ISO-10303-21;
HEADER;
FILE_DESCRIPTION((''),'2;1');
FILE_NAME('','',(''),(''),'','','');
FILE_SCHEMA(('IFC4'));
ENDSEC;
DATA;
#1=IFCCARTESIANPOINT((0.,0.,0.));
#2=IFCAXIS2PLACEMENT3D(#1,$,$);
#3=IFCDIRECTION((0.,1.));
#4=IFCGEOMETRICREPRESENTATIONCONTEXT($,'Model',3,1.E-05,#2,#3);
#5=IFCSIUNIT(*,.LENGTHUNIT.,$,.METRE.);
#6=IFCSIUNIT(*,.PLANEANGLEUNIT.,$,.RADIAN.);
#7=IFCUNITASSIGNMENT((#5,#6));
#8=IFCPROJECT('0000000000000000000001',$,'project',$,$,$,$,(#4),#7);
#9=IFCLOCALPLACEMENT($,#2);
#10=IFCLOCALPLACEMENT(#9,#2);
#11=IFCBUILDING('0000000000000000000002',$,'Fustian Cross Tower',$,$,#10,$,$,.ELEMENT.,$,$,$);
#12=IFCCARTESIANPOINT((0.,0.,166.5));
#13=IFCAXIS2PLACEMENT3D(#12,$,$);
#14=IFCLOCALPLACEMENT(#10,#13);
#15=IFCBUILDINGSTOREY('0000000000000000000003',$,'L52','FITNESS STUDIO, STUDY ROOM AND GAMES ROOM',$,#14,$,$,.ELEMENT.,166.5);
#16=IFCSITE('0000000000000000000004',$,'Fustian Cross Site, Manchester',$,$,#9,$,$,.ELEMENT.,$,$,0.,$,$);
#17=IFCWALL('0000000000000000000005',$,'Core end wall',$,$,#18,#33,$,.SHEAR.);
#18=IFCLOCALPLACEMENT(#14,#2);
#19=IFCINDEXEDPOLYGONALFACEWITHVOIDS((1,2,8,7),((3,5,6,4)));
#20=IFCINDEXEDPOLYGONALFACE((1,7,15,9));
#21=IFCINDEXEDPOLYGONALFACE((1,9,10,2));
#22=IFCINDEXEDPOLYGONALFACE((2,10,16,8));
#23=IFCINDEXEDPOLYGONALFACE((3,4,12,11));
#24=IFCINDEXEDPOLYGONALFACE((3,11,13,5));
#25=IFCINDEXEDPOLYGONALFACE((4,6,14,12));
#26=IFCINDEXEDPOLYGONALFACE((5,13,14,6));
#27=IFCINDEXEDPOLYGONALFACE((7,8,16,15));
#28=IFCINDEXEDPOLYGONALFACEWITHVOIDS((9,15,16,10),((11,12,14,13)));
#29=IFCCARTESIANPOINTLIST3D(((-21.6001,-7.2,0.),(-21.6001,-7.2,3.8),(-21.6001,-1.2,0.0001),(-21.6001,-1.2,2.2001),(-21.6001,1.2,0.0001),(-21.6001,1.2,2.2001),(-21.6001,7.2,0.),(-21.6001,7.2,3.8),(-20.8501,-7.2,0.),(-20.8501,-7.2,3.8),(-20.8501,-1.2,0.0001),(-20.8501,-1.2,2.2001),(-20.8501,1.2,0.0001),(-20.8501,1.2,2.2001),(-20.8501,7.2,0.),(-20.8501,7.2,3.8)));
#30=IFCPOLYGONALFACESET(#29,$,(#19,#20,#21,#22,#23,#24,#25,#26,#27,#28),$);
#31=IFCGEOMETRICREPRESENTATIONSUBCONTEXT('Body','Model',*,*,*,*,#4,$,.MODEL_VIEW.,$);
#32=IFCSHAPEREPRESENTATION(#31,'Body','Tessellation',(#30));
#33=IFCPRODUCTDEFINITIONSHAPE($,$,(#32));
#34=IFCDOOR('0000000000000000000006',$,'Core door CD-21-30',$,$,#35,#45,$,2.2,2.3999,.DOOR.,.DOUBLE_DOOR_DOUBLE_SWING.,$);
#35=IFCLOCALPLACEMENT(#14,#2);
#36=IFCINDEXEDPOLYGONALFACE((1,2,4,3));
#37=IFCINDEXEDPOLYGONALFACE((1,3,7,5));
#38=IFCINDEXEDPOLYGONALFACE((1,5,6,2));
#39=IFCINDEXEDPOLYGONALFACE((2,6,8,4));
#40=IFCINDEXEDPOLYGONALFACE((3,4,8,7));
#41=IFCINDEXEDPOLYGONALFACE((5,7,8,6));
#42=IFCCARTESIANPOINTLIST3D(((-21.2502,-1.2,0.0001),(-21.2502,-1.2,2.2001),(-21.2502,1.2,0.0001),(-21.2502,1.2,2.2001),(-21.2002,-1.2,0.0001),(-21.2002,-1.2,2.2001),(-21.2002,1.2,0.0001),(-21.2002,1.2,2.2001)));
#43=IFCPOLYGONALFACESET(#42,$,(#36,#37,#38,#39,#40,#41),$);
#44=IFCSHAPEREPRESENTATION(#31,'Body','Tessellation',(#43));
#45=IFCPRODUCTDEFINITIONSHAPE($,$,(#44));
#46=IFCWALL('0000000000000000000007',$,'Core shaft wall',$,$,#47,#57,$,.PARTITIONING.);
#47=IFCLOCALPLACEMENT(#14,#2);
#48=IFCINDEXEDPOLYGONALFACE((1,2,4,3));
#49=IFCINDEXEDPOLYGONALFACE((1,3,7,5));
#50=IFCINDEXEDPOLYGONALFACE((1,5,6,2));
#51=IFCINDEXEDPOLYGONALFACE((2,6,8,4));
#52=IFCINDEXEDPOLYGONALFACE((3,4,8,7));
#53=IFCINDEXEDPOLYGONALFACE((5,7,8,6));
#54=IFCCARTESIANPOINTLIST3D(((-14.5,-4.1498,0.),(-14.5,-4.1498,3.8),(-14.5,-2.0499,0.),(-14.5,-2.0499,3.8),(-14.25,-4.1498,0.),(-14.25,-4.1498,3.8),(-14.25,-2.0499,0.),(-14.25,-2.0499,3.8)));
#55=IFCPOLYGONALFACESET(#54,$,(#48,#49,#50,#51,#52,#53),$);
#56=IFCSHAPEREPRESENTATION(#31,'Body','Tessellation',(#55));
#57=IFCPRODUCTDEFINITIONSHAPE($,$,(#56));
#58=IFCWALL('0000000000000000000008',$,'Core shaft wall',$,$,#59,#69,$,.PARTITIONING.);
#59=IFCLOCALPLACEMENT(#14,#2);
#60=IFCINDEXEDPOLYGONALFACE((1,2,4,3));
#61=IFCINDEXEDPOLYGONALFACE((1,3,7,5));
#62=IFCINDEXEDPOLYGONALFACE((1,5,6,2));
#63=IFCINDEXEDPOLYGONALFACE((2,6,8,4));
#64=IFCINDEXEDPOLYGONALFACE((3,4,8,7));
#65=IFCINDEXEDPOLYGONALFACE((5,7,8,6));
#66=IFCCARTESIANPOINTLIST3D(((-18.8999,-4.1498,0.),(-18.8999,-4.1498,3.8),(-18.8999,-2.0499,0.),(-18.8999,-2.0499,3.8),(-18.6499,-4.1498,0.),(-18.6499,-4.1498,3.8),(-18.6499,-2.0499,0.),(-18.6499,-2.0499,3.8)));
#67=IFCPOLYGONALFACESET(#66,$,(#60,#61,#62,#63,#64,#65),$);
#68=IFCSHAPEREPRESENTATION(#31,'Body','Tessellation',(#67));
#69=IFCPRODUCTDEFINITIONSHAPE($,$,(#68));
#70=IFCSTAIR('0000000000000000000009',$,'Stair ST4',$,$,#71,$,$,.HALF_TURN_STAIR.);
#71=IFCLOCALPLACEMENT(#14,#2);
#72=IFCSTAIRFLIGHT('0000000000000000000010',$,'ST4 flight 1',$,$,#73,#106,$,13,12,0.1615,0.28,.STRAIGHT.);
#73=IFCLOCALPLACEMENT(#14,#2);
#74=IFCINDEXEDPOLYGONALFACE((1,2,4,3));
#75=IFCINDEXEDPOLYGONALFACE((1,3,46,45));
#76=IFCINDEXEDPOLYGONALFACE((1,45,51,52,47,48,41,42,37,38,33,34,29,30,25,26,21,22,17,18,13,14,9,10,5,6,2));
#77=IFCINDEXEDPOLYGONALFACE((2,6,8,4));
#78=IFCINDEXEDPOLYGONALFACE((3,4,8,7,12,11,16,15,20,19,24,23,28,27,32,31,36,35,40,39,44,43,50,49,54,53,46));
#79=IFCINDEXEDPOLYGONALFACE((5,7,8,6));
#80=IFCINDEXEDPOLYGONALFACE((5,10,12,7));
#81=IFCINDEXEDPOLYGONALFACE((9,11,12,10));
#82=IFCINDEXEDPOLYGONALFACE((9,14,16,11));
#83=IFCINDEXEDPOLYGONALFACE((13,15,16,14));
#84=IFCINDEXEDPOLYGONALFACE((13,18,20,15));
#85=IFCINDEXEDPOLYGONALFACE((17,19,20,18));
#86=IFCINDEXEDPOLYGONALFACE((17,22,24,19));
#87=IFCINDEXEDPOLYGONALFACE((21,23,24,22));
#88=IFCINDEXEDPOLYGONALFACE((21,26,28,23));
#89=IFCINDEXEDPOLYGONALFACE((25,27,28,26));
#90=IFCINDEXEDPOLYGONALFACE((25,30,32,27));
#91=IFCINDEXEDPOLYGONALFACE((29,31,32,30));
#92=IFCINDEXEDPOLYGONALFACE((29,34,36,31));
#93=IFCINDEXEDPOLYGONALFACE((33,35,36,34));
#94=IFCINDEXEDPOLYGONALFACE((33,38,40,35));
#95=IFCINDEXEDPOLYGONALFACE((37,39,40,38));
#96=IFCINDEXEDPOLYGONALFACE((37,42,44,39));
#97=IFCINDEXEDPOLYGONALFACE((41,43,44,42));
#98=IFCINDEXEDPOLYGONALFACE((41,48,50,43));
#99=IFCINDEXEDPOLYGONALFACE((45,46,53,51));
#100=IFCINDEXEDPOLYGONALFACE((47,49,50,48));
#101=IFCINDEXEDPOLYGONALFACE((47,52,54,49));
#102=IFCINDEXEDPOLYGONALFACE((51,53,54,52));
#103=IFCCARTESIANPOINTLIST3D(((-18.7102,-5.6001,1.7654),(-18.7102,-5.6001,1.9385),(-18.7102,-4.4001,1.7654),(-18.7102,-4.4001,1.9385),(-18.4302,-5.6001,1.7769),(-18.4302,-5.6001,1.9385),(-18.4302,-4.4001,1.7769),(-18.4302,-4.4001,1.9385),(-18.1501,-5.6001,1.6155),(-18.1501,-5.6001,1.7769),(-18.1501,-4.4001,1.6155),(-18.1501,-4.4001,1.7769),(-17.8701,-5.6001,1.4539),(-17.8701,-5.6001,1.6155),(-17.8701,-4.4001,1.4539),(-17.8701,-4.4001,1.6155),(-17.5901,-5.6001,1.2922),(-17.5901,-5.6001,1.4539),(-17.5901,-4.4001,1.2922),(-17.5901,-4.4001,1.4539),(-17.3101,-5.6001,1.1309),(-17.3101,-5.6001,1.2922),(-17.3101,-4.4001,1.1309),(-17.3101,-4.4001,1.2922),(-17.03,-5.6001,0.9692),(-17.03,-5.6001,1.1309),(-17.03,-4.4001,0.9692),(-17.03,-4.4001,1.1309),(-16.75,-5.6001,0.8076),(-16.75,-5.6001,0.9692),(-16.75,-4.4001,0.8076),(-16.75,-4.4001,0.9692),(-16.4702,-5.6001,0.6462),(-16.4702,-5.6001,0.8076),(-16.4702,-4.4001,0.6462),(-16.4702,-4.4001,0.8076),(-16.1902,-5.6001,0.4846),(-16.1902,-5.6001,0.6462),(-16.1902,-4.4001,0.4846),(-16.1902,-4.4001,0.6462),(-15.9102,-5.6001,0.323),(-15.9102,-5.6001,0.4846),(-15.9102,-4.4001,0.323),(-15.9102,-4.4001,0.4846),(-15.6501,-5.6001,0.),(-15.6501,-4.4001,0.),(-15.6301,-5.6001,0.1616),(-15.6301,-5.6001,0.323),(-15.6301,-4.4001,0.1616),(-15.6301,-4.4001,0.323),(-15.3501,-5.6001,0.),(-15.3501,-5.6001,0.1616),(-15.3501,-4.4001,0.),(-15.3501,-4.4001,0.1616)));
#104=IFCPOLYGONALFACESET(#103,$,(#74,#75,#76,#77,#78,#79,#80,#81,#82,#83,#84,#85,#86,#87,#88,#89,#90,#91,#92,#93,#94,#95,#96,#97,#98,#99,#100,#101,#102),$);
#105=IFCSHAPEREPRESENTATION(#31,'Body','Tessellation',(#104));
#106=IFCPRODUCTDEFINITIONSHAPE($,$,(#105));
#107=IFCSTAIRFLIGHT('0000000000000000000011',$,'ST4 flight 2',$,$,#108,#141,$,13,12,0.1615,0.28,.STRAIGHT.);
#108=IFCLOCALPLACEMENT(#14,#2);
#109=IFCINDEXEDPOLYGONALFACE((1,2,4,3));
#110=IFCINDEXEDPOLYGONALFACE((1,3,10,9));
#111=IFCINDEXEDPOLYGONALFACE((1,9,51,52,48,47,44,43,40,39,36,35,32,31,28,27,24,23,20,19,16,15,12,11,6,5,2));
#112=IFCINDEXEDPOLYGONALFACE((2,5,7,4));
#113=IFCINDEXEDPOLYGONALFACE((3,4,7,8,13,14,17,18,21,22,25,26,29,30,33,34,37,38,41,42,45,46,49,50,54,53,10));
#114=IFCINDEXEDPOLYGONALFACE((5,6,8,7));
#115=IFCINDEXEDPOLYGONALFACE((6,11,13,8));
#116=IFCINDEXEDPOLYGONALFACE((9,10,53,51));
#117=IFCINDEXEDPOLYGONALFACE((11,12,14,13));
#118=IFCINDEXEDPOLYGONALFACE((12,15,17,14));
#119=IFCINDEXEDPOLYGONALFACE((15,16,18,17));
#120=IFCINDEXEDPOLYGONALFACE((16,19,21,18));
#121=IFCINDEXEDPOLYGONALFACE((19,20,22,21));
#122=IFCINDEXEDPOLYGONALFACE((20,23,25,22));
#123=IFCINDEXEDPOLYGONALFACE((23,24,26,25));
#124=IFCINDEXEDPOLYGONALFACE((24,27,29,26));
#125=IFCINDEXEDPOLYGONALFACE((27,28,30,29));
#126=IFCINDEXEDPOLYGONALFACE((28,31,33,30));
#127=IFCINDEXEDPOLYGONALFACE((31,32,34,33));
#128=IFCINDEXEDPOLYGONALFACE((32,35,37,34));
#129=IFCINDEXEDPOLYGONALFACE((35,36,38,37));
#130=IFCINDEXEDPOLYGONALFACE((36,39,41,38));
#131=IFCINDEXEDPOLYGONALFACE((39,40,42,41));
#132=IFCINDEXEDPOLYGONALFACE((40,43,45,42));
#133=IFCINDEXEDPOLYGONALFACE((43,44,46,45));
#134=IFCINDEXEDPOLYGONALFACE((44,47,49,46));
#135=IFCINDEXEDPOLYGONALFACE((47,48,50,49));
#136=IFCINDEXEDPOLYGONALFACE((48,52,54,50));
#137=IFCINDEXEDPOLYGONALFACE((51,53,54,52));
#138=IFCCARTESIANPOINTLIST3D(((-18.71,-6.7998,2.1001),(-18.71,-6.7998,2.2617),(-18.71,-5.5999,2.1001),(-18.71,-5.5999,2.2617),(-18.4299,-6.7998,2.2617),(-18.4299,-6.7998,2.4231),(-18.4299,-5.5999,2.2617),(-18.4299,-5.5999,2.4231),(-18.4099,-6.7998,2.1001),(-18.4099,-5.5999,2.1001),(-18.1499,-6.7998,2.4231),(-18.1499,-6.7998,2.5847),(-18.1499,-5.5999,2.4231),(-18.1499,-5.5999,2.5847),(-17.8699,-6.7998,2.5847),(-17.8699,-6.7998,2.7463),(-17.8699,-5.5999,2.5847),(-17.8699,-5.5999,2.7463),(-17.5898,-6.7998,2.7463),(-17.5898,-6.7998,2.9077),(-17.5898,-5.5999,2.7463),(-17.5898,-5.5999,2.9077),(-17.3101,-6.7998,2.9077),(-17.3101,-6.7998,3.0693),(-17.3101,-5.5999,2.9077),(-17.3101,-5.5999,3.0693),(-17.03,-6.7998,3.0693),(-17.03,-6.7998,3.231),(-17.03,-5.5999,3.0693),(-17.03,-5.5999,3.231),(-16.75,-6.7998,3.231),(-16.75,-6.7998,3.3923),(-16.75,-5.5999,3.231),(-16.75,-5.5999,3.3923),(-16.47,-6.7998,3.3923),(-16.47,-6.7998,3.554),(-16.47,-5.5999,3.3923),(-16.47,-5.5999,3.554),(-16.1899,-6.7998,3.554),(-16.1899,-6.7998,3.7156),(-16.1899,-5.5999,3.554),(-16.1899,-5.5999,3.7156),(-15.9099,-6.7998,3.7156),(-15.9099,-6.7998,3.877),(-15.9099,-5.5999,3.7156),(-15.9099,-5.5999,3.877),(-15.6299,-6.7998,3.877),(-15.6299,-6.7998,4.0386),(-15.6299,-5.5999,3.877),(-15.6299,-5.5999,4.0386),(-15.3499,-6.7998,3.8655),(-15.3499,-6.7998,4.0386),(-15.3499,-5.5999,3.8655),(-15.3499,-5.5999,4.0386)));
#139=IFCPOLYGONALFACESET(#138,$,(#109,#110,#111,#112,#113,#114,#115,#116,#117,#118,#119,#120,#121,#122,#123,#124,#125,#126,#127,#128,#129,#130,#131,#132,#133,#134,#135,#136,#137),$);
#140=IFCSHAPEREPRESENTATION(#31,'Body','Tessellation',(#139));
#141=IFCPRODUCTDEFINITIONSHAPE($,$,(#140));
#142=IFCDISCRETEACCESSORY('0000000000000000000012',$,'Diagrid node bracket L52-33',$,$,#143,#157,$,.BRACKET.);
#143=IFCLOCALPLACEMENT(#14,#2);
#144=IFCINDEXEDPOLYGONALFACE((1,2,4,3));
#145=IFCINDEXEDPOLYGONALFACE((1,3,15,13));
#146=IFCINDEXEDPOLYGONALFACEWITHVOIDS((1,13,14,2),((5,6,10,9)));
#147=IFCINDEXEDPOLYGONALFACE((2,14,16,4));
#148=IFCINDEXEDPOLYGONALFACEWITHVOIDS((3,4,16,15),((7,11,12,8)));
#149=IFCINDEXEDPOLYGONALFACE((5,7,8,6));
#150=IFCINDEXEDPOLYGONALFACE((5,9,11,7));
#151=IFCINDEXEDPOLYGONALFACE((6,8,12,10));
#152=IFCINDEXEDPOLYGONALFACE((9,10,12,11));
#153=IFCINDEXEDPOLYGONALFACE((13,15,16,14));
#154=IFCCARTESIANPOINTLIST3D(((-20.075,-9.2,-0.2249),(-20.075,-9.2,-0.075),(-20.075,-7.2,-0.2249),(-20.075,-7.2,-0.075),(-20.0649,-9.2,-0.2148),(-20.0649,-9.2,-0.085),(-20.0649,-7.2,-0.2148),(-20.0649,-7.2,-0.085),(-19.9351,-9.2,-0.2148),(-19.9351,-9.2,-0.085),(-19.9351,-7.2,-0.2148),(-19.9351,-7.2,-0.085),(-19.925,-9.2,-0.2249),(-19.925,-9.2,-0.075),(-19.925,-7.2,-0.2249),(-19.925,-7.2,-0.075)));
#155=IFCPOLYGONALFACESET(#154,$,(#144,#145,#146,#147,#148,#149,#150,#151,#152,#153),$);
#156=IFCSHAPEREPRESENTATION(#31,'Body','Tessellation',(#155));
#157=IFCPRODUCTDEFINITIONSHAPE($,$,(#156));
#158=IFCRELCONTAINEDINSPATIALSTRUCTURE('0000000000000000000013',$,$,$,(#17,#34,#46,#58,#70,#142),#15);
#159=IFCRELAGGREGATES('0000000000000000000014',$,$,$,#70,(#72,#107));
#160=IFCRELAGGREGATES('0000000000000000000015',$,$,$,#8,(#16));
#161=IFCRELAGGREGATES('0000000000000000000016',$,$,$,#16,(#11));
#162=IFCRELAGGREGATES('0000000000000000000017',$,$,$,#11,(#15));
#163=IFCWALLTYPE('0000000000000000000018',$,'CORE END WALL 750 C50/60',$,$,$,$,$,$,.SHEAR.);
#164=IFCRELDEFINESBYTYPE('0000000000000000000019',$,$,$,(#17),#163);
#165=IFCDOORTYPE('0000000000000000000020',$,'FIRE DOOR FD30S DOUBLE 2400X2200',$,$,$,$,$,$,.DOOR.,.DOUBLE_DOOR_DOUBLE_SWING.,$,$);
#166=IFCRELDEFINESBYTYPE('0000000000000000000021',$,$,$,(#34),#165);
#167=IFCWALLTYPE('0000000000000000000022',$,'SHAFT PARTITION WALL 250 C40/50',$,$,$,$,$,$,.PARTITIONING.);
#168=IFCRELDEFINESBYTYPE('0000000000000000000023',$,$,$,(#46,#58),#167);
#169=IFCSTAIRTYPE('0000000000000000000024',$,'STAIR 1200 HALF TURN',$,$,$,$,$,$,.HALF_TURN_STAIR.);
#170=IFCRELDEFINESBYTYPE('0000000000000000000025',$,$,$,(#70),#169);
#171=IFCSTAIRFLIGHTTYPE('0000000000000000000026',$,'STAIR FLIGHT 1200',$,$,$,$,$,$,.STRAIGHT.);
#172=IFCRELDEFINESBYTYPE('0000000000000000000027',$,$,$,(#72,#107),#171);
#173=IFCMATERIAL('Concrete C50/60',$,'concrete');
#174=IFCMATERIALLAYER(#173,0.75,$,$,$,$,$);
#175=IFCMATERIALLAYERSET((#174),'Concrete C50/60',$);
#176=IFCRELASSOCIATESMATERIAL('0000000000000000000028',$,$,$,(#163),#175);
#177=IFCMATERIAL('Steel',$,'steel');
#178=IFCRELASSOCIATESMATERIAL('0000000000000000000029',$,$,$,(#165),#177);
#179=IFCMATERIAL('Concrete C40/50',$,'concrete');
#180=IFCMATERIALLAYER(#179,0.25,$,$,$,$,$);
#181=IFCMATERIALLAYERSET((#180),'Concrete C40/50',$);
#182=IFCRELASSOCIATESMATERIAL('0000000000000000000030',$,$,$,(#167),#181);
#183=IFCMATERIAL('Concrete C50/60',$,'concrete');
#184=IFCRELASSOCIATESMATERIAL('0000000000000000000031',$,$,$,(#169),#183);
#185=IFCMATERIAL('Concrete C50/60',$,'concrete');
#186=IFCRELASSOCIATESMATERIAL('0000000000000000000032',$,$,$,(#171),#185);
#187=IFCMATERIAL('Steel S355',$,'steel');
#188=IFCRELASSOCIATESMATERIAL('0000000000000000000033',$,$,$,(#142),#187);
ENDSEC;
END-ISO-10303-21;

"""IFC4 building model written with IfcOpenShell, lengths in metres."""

from ifc_helpers import new_model, si_unit, direction, frame, frame_2d, origin, origin_2d, place, context, subcontext, project, spatial, polyline, rectangle, hollow_rectangle, outline, extrude, material, layer, layer_set, type_object, element, fill, aggregate, save


model = new_model("IFC4")

# Units and contexts
model_context = context("Model", 3, precision=1e-05, world=origin(), true_north=direction((0.0, 1.0)))
body_context = subcontext(model_context, "Body", "Model", "MODEL_VIEW")
ifc_project = project(units=[si_unit("LENGTHUNIT", "METRE"), si_unit("PLANEANGLEUNIT", "RADIAN")], contexts=[model_context])

# Site, building, storey
site_placement = place(None, origin())
site = spatial("IfcSite", under=ifc_project, at=site_placement, Name="Fustian Cross Site, Manchester", CompositionType="ELEMENT", RefElevation=0.0)
building_placement = place(site_placement, origin())
building = spatial("IfcBuilding", under=site, at=building_placement, Name="Fustian Cross Tower", CompositionType="ELEMENT")
storey_placement = place(building_placement, frame((0.0, 0.0, 166.5)))
storey = spatial("IfcBuildingStorey", under=building, at=storey_placement, Name="L52", Description="FITNESS STUDIO, STUDY ROOM AND GAMES ROOM", CompositionType="ELEMENT", Elevation=166.5)

# Wall, opening, door
ifc_material_1 = material(Name="Concrete C50/60", Category="concrete")
ifc_layer_1 = layer(ifc_material_1, 0.75)
ifc_layer_set_1 = layer_set([ifc_layer_1], Name="Concrete C50/60")
wall_type_1 = type_object("IfcWallType", Name="CORE END WALL 750 C50/60", PredefinedType="SHEAR", material=ifc_layer_set_1)
wall_placement = place(storey_placement, frame((-21.2251, -7.2, 0.0), z_axis=(0.0, 0.0, 1.0), x_axis=(0.0, 1.0, 0.0)))
wall = element("IfcWall", 1, at=wall_placement, inside=storey, type_object=wall_type_1, Name="Core end wall", PredefinedType="SHEAR", context=body_context, shape_type="SweptSolid", body=[
    extrude(rectangle(XDim=14.3999, YDim=0.75, at=frame_2d((7.2, 0.0))), origin(), (0.0, 0.0, 1.0), 3.8),
])
opening_placement = place(wall_placement, frame((6.0, 0.0, 0.0)))
opening = element("IfcOpeningElement", 2, at=opening_placement, cuts=wall, PredefinedType="OPENING", context=body_context, shape_type="SweptSolid", body=[
    extrude(rectangle(XDim=2.3999, YDim=2.2, at=frame_2d((1.2, 1.1001))), frame((0.0, 0.385, 0.0), z_axis=(0.0, -1.0, 0.0), x_axis=(1.0, 0.0, 0.0)), (0.0, 0.0, 1.0), 0.77),
])
ifc_material_2 = material(Name="Steel", Category="steel")
door_type = type_object("IfcDoorType", Name="FIRE DOOR FD30S DOUBLE 2400X2200", OperationType="DOUBLE_DOOR_DOUBLE_SWING", PredefinedType="DOOR", material=ifc_material_2)
door_placement = place(opening_placement, frame((2.3999, 0.0, 0.0), z_axis=(0.0, 0.0, 1.0), x_axis=(-1.0, 0.0, 0.0)))
door = element("IfcDoor", 3, at=door_placement, inside=storey, type_object=door_type, Name="Core door CD-21-30", OperationType="DOUBLE_DOOR_DOUBLE_SWING", OverallHeight=2.2, OverallWidth=2.3999, PredefinedType="DOOR", context=body_context, shape_type="SweptSolid", body=[
    extrude(rectangle(XDim=2.3999, YDim=2.2, at=frame_2d((1.2, 1.1001))), frame((0.0, 0.0249, 0.0), z_axis=(0.0, -1.0, 0.0), x_axis=(1.0, 0.0, 0.0)), (0.0, 0.0, 1.0), 0.05),
])
fill(opening, door)

# Walls
ifc_material_3 = material(Name="Concrete C40/50", Category="concrete")
ifc_layer_2 = layer(ifc_material_3, 0.25)
ifc_layer_set_2 = layer_set([ifc_layer_2], Name="Concrete C40/50")
wall_type_2 = type_object("IfcWallType", Name="SHAFT PARTITION WALL 250 C40/50", PredefinedType="PARTITIONING", material=ifc_layer_set_2)
for number, where, z_axis, x_axis, name in (
    (4, (-14.375, -2.05, 0.0), (0.0, 0.0, 1.0), (0.0, -1.0, 0.0), "Core shaft wall"),
    (5, (-18.7749, -2.05, 0.0), (0.0, 0.0, 1.0), (0.0, -1.0, 0.0), "Core shaft wall"),
):
    element("IfcWall", number, at=place(storey_placement, frame(where, z_axis=z_axis, x_axis=x_axis)), inside=storey, type_object=wall_type_2, Name=name, PredefinedType="PARTITIONING", context=body_context, shape_type="SweptSolid", body=[
        extrude(rectangle(XDim=2.0999, YDim=0.25, at=frame_2d((1.0498, 0.0))), origin(), (0.0, 0.0, 1.0), 3.8),
    ])

# Stair, stair flights
ifc_material_4 = material(Name="Concrete C50/60", Category="concrete")
stair_type = type_object("IfcStairType", Name="STAIR 1200 HALF TURN", PredefinedType="HALF_TURN_STAIR", material=ifc_material_4)
stair_placement = place(storey_placement, origin())
stair = element("IfcStair", 6, at=stair_placement, inside=storey, type_object=stair_type, Name="Stair ST4", PredefinedType="HALF_TURN_STAIR")
ifc_material_5 = material(Name="Concrete C50/60", Category="concrete")
stair_flight_type = type_object("IfcStairFlightType", Name="STAIR FLIGHT 1200", PredefinedType="STRAIGHT", material=ifc_material_5)
stair_flight_1_placement = place(storey_placement, frame((-15.3501, -5.0, 0.0), z_axis=(0.0, 0.0, 1.0), x_axis=(-1.0, 0.0, 0.0)))
stair_flight_1 = element("IfcStairFlight", 7, at=stair_flight_1_placement, type_object=stair_flight_type, Name="ST4 flight 1", NumberOfRisers=13, NumberOfTreads=12, PredefinedType="STRAIGHT", RiserHeight=0.1615, TreadLength=0.28, context=body_context, shape_type="SweptSolid", body=[
    extrude(outline(polyline([(0.0, 0.0), (0.0, 0.1616), (0.28, 0.1616), (0.28, 0.323), (0.5601, 0.323), (0.5601, 0.4846), (0.8401, 0.4846), (0.8401, 0.6462), (1.1201, 0.6462), (1.1201, 0.8076), (1.3999, 0.8076), (1.3999, 0.9692), (1.6799, 0.9692), (1.6799, 1.1309), (1.96, 1.1309), (1.96, 1.2922), (2.24, 1.2922), (2.24, 1.4539), (2.52, 1.4539), (2.52, 1.6155), (2.8, 1.6155), (2.8, 1.7769), (3.0801, 1.7769), (3.0801, 1.9385), (3.3601, 1.9385), (3.3601, 2.1001), (3.3601, 1.7654), (0.3, 0.0), (0.0, 0.0)])), frame((0.0, 0.6001, 0.0), z_axis=(0.0, -1.0, 0.0), x_axis=(1.0, 0.0, 0.0)), (0.0, 0.0, 1.0), 1.2),
])
stair_flight_2_placement = place(storey_placement, frame((-18.71, -6.2, 2.1001), z_axis=(0.0, 0.0, 1.0), x_axis=(1.0, 0.0, 0.0)))
stair_flight_2 = element("IfcStairFlight", 8, at=stair_flight_2_placement, type_object=stair_flight_type, Name="ST4 flight 2", NumberOfRisers=13, NumberOfTreads=12, PredefinedType="STRAIGHT", RiserHeight=0.1615, TreadLength=0.28, context=body_context, shape_type="SweptSolid", body=[
    extrude(outline(polyline([(0.0, 0.0), (0.0, 0.1616), (0.28, 0.1616), (0.28, 0.323), (0.5601, 0.323), (0.5601, 0.4846), (0.8401, 0.4846), (0.8401, 0.6462), (1.1201, 0.6462), (1.1201, 0.8076), (1.3999, 0.8076), (1.3999, 0.9692), (1.6799, 0.9692), (1.6799, 1.1309), (1.96, 1.1309), (1.96, 1.2922), (2.24, 1.2922), (2.24, 1.4539), (2.52, 1.4539), (2.52, 1.6155), (2.8, 1.6155), (2.8, 1.7769), (3.0801, 1.7769), (3.0801, 1.9385), (3.3601, 1.9385), (3.3601, 2.1001), (3.3601, 1.7654), (0.3, 0.0), (0.0, 0.0)])), frame((0.0, 0.6001, 0.0), z_axis=(0.0, -1.0, 0.0), x_axis=(1.0, 0.0, 0.0)), (0.0, 0.0, 1.0), 1.2),
])
aggregate(stair, [stair_flight_1, stair_flight_2])

# Discrete accessory
ifc_material_6 = material(Name="Steel S355", Category="steel")
discrete_accessory_placement = place(storey_placement, frame((-20.0, -9.2, -0.1499), z_axis=(0.0, 1.0, 0.0), x_axis=(-1.0, 0.0, 0.0)))
element("IfcDiscreteAccessory", 9, at=discrete_accessory_placement, inside=storey, material=ifc_material_6, Name="Diagrid node bracket L52-33", PredefinedType="BRACKET", context=body_context, shape_type="SweptSolid", body=[
    extrude(hollow_rectangle(XDim=0.1499, YDim=0.1499, WallThickness=0.01, at=origin_2d()), origin(), (0.0, 0.0, 1.0), 2.0),
])

save(model, "model.ifc")
